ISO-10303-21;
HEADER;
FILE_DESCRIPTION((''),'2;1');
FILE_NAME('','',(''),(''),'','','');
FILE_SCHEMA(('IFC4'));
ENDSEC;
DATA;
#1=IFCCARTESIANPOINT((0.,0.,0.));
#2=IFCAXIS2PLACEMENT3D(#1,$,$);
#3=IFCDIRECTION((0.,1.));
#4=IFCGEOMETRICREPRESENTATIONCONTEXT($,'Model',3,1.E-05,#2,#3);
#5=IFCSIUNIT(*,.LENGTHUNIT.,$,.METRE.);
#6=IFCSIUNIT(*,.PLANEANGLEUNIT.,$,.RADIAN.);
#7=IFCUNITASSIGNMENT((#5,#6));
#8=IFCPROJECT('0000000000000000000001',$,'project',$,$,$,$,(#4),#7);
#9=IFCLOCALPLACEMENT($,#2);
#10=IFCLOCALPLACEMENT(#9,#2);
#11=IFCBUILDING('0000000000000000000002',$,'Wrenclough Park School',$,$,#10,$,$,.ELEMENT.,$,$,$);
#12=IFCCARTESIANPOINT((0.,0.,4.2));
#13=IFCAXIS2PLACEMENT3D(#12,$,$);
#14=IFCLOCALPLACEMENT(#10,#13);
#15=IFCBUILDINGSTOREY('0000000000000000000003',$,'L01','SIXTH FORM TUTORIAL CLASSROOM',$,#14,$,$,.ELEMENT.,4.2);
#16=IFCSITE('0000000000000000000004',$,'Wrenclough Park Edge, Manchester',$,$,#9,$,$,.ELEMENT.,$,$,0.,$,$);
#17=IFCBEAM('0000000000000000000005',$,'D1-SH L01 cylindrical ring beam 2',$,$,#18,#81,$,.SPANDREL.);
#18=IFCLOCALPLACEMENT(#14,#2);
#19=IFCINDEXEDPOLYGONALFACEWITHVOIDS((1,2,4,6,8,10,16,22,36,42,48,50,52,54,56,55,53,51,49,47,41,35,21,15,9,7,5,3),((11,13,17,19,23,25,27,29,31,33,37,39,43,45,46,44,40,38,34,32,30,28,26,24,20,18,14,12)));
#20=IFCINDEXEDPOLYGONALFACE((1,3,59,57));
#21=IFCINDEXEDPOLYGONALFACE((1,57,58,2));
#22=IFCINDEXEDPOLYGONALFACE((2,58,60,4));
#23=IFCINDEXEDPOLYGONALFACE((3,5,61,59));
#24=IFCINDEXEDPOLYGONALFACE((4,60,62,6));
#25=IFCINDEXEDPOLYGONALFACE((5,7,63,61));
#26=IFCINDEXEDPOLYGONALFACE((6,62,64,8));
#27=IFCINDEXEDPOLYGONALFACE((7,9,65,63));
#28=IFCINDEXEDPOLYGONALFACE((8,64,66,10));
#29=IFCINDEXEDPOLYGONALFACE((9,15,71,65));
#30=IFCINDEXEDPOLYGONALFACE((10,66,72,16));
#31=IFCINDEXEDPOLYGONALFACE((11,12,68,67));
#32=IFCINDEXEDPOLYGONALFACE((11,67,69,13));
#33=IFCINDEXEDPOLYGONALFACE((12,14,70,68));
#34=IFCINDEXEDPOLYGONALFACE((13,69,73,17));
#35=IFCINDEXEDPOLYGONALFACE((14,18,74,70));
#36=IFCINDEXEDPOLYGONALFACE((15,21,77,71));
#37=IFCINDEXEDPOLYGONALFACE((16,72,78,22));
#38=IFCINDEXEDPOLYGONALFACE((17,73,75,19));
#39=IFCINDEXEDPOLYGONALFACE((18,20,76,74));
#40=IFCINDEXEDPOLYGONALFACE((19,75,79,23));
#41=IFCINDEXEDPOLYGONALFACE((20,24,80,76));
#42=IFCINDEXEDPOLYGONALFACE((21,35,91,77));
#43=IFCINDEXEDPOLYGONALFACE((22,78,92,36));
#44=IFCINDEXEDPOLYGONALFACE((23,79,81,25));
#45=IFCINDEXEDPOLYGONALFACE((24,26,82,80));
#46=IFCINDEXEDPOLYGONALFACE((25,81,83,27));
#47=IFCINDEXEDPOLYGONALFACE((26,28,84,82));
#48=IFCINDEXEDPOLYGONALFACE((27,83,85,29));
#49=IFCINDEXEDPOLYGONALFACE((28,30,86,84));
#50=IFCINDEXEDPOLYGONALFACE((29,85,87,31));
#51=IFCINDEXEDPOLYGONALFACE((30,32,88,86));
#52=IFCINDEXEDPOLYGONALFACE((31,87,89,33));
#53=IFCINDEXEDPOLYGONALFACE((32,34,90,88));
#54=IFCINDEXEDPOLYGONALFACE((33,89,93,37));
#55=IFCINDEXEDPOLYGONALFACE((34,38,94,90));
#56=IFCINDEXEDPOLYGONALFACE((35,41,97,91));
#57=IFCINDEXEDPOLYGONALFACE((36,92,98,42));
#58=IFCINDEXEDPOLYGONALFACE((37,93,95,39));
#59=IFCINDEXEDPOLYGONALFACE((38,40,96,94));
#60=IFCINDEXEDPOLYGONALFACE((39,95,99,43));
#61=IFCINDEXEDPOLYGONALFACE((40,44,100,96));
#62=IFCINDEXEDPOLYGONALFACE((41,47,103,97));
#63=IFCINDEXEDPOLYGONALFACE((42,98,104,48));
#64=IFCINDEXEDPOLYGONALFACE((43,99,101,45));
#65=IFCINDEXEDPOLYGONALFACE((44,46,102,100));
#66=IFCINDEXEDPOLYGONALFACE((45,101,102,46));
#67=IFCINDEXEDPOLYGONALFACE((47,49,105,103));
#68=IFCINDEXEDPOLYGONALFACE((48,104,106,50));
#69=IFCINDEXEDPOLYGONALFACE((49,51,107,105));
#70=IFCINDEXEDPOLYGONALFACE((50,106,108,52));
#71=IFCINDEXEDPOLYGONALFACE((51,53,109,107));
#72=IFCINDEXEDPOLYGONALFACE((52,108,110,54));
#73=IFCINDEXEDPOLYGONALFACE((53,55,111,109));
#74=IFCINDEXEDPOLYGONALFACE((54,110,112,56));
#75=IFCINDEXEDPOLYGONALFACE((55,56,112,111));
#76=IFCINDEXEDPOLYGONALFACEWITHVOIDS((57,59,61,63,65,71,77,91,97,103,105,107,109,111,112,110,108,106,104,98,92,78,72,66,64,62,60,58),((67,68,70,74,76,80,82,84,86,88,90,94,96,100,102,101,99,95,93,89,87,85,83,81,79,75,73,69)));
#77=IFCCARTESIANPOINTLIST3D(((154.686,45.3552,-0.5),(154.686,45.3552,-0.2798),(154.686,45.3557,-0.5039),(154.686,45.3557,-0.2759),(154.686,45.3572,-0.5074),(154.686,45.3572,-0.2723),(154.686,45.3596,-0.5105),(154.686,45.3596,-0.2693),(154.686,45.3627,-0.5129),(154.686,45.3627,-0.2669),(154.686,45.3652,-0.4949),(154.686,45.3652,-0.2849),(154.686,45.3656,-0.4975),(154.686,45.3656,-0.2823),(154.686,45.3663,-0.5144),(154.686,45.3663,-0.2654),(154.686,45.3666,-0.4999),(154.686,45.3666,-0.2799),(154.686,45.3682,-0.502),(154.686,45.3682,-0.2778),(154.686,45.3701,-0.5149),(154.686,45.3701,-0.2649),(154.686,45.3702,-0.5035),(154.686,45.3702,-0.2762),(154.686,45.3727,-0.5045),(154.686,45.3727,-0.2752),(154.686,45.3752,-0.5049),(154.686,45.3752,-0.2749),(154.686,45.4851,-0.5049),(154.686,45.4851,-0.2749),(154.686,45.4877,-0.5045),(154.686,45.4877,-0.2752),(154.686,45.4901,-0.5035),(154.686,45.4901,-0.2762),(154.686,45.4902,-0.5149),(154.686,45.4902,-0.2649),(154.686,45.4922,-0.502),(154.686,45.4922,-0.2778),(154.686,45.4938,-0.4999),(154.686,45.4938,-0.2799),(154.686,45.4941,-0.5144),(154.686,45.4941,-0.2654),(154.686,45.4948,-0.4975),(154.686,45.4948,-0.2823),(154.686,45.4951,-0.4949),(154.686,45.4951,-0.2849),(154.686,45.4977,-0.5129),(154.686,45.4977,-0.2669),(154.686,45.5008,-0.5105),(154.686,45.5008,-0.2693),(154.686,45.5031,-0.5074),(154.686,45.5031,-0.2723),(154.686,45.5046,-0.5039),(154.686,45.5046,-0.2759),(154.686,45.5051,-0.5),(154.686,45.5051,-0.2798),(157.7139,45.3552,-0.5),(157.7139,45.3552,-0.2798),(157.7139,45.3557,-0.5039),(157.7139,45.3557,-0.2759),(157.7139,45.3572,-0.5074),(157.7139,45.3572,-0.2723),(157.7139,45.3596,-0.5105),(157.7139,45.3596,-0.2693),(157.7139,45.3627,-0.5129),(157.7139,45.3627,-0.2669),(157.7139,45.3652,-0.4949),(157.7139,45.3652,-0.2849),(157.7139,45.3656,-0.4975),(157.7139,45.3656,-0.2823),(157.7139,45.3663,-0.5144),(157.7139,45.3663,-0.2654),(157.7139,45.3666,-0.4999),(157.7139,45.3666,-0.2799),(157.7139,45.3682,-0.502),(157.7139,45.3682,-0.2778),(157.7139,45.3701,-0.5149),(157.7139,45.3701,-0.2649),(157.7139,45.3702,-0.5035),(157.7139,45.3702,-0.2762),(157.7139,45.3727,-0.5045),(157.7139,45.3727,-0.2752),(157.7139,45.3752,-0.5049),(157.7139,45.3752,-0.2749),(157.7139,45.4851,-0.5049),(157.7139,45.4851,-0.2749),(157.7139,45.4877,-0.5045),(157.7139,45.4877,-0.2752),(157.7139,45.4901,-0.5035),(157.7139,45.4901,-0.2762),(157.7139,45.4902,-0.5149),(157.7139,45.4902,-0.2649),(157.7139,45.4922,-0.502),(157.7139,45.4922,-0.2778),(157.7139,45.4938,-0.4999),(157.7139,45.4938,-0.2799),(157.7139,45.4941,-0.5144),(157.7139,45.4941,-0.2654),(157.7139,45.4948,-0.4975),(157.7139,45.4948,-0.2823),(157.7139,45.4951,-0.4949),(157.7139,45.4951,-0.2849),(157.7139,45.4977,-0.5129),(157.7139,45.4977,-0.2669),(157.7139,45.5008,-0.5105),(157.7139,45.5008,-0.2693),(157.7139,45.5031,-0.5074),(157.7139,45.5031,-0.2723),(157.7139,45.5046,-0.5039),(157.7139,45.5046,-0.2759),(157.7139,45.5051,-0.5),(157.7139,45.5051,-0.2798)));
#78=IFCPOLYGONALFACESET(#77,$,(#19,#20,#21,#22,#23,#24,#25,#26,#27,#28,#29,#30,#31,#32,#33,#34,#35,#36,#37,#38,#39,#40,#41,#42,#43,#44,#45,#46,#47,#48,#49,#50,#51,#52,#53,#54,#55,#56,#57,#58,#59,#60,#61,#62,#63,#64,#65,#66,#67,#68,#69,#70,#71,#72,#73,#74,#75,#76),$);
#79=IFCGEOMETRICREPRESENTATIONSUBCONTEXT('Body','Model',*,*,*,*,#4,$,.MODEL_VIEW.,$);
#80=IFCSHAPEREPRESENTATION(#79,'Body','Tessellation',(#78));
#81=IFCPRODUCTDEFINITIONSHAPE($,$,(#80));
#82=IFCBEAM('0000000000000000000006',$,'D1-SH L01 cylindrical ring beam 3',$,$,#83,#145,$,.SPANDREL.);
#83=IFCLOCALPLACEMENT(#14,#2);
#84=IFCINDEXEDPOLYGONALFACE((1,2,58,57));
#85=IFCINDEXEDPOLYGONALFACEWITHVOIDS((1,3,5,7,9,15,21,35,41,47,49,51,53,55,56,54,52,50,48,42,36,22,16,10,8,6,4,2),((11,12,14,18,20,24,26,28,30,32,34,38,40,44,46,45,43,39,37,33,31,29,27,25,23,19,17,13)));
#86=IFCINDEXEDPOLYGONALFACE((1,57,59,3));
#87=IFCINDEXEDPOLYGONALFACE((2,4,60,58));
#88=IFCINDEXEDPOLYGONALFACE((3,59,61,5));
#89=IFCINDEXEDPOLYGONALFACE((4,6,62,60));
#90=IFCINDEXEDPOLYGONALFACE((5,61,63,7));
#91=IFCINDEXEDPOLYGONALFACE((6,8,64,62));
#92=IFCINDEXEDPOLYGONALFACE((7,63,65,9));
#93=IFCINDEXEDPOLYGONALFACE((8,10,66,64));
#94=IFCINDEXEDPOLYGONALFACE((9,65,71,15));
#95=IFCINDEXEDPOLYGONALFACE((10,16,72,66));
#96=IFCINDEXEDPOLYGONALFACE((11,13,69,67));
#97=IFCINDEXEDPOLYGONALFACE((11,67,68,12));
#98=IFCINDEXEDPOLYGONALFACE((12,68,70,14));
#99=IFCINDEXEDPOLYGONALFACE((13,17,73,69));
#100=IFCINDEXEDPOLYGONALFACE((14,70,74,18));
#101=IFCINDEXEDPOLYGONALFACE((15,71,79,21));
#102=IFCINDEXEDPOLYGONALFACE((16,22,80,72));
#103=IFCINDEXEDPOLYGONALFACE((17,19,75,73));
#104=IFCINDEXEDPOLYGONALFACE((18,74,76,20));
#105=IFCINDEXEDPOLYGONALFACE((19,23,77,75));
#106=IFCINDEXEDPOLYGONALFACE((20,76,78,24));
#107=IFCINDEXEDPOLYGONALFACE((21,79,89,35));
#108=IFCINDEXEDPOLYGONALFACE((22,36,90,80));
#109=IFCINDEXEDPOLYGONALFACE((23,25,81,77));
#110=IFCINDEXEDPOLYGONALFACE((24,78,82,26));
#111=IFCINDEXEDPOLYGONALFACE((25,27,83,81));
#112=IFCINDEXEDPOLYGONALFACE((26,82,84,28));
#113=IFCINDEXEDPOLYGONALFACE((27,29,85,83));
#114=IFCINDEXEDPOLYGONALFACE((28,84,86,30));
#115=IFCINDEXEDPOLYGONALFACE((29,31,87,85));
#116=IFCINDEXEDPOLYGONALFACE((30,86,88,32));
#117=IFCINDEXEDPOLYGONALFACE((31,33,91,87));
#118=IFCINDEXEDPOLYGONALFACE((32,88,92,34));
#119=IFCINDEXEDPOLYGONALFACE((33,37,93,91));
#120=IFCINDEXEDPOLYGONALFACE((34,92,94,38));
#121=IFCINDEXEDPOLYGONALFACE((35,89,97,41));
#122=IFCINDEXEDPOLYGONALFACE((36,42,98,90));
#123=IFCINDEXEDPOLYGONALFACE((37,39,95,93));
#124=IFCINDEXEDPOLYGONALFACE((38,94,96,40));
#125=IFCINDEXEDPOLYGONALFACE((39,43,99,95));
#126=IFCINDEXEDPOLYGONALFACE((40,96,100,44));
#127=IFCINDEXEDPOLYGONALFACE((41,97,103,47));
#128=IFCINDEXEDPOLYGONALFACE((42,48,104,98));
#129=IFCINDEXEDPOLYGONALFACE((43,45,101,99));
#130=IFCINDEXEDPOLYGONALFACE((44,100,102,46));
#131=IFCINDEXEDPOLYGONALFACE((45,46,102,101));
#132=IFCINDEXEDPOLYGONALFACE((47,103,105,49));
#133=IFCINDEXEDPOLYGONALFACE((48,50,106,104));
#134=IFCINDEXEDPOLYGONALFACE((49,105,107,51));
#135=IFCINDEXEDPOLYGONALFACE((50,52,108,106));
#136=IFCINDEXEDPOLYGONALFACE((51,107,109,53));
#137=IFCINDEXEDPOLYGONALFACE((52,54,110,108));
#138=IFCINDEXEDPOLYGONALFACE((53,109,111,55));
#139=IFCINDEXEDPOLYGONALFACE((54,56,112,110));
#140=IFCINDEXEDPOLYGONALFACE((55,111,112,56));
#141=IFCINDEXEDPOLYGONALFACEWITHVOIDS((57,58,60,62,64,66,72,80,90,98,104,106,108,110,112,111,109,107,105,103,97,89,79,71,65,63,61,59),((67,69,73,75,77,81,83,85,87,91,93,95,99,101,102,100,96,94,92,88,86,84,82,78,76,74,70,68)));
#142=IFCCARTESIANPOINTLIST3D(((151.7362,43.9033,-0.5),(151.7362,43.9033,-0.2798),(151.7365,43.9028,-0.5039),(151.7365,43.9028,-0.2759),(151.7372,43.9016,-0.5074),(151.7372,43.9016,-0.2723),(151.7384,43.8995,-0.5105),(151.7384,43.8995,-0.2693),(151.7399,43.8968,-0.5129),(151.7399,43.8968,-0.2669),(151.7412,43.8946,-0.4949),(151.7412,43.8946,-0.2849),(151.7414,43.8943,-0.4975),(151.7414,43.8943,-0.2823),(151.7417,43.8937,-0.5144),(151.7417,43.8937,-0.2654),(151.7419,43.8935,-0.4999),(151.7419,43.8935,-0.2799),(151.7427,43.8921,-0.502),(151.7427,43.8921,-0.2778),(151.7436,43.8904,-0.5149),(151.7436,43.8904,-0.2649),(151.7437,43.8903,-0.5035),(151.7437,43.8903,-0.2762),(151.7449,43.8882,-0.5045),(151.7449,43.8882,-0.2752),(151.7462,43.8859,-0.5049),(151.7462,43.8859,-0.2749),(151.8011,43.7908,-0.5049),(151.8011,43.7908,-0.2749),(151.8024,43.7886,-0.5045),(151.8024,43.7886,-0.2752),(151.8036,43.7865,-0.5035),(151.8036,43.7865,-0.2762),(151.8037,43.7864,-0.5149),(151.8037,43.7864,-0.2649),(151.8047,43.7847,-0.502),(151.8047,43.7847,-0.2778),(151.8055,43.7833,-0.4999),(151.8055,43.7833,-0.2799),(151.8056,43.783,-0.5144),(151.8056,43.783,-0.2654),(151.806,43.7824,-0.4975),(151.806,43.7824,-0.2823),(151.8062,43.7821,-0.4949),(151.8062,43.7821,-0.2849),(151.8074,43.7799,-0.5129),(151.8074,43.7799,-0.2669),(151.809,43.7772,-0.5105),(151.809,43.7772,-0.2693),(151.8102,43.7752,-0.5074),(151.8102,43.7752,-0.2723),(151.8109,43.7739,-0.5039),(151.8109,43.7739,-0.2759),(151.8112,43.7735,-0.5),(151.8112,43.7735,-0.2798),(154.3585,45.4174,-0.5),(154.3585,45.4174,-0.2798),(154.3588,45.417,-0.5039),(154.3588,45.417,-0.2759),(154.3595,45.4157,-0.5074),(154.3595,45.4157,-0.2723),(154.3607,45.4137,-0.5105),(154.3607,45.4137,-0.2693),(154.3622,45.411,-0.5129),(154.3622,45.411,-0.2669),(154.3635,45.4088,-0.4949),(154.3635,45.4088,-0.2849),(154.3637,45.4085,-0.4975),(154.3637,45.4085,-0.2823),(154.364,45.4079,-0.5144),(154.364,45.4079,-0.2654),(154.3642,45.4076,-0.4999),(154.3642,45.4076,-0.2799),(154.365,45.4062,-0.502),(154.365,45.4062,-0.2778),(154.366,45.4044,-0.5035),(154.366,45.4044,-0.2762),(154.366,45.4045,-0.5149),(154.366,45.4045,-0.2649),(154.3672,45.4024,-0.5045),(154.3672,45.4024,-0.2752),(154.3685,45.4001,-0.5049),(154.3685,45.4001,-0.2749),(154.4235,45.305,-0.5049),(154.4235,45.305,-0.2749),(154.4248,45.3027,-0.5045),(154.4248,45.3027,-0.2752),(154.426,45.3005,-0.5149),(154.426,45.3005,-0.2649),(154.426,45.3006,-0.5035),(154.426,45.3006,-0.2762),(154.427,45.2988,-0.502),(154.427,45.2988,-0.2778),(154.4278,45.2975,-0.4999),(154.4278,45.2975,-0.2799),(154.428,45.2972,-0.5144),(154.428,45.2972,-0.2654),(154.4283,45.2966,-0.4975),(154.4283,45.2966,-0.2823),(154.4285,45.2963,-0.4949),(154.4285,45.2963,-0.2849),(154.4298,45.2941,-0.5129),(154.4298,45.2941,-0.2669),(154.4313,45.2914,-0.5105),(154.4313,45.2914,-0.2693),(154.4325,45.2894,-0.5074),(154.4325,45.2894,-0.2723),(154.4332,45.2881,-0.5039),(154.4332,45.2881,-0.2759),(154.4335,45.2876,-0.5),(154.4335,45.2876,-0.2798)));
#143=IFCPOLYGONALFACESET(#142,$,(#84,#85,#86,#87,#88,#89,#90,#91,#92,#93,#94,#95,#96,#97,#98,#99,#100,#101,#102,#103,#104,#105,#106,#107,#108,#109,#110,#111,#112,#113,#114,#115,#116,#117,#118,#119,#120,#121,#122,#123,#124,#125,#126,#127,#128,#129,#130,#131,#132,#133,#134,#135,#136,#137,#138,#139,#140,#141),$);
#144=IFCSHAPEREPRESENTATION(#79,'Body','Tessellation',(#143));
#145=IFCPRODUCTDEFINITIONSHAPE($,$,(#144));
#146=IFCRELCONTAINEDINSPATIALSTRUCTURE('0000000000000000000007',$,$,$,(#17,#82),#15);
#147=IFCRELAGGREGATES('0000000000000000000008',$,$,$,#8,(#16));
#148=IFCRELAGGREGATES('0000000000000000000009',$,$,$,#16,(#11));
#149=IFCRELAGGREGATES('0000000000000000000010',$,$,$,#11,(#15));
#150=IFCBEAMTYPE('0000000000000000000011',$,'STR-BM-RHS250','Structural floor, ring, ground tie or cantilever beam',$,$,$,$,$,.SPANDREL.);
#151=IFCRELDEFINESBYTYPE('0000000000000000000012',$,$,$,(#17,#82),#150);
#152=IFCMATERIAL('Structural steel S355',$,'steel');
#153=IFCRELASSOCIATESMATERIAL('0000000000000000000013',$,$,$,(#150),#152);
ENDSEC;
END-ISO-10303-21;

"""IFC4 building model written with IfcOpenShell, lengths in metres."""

from ifc_helpers import new_model, si_unit, direction, frame, origin, origin_2d, place, context, subcontext, project, spatial, hollow_rectangle, extrude, material, material_profile, profile_set, type_object, element, save


model = new_model("IFC4")

# Units and contexts
model_context = context("Model", 3, precision=1e-05, world=origin(), true_north=direction((0.0, 1.0)))
body_context = subcontext(model_context, "Body", "Model", "MODEL_VIEW")
ifc_project = project(units=[si_unit("LENGTHUNIT", "METRE"), si_unit("PLANEANGLEUNIT", "RADIAN")], contexts=[model_context])

# Site, building, storey
site_placement = place(None, origin())
site = spatial("IfcSite", under=ifc_project, at=site_placement, Name="Wrenclough Park Edge, Manchester", CompositionType="ELEMENT", RefElevation=0.0)
building_placement = place(site_placement, origin())
building = spatial("IfcBuilding", under=site, at=building_placement, Name="Wrenclough Park School", CompositionType="ELEMENT")
storey_placement = place(building_placement, frame((0.0, 0.0, 4.2)))
storey = spatial("IfcBuildingStorey", under=building, at=storey_placement, Name="L01", Description="SIXTH FORM TUTORIAL CLASSROOM", CompositionType="ELEMENT", Elevation=4.2)

# Shared definitions
ifc_material_1 = material(Name="Structural steel S355", Category="steel")

# Beams
ifc_material_profile_1 = material_profile(ifc_material_1, hollow_rectangle(XDim=0.1499, YDim=0.25, WallThickness=0.01, InnerFilletRadius=0.01, OuterFilletRadius=0.0149, at=origin_2d()), Name="RHS 250x150x10.0")
ifc_profile_set_1 = profile_set([ifc_material_profile_1], Name="Structural steel S355")
beam_type_1 = type_object("IfcBeamType", Name="STR-BM-RHS250", Description="Structural floor, ring, ground tie or cantilever beam", PredefinedType="SPANDREL", material=ifc_profile_set_1)
beam_1_placement = place(storey_placement, frame((157.7139, 45.4302, -0.3899), z_axis=(-1.0, 0.0, 0.0), x_axis=(0.0, -1.0, 0.0)))
element("IfcBeam", 1, at=beam_1_placement, inside=storey, type_object=beam_type_1, Name="D1-SH L01 cylindrical ring beam 2", PredefinedType="SPANDREL", context=body_context, shape_type="SweptSolid", body=[
    extrude(hollow_rectangle(XDim=0.1499, YDim=0.25, WallThickness=0.01, InnerFilletRadius=0.01, OuterFilletRadius=0.0149, at=origin_2d()), origin(), (0.0, 0.0, 1.0), 3.0278),
])
beam_2_placement = place(storey_placement, frame((154.396, 45.3525, -0.3899), z_axis=(-0.866002, -0.500041, 0.0), x_axis=(0.500041, -0.866002, 0.0)))
element("IfcBeam", 2, at=beam_2_placement, inside=storey, type_object=beam_type_1, Name="D1-SH L01 cylindrical ring beam 3", PredefinedType="SPANDREL", context=body_context, shape_type="SweptSolid", body=[
    extrude(hollow_rectangle(XDim=0.1499, YDim=0.25, WallThickness=0.01, InnerFilletRadius=0.01, OuterFilletRadius=0.0149, at=origin_2d()), origin(), (0.0, 0.0, 1.0), 3.0281),
])

save(model, "model.ifc")
